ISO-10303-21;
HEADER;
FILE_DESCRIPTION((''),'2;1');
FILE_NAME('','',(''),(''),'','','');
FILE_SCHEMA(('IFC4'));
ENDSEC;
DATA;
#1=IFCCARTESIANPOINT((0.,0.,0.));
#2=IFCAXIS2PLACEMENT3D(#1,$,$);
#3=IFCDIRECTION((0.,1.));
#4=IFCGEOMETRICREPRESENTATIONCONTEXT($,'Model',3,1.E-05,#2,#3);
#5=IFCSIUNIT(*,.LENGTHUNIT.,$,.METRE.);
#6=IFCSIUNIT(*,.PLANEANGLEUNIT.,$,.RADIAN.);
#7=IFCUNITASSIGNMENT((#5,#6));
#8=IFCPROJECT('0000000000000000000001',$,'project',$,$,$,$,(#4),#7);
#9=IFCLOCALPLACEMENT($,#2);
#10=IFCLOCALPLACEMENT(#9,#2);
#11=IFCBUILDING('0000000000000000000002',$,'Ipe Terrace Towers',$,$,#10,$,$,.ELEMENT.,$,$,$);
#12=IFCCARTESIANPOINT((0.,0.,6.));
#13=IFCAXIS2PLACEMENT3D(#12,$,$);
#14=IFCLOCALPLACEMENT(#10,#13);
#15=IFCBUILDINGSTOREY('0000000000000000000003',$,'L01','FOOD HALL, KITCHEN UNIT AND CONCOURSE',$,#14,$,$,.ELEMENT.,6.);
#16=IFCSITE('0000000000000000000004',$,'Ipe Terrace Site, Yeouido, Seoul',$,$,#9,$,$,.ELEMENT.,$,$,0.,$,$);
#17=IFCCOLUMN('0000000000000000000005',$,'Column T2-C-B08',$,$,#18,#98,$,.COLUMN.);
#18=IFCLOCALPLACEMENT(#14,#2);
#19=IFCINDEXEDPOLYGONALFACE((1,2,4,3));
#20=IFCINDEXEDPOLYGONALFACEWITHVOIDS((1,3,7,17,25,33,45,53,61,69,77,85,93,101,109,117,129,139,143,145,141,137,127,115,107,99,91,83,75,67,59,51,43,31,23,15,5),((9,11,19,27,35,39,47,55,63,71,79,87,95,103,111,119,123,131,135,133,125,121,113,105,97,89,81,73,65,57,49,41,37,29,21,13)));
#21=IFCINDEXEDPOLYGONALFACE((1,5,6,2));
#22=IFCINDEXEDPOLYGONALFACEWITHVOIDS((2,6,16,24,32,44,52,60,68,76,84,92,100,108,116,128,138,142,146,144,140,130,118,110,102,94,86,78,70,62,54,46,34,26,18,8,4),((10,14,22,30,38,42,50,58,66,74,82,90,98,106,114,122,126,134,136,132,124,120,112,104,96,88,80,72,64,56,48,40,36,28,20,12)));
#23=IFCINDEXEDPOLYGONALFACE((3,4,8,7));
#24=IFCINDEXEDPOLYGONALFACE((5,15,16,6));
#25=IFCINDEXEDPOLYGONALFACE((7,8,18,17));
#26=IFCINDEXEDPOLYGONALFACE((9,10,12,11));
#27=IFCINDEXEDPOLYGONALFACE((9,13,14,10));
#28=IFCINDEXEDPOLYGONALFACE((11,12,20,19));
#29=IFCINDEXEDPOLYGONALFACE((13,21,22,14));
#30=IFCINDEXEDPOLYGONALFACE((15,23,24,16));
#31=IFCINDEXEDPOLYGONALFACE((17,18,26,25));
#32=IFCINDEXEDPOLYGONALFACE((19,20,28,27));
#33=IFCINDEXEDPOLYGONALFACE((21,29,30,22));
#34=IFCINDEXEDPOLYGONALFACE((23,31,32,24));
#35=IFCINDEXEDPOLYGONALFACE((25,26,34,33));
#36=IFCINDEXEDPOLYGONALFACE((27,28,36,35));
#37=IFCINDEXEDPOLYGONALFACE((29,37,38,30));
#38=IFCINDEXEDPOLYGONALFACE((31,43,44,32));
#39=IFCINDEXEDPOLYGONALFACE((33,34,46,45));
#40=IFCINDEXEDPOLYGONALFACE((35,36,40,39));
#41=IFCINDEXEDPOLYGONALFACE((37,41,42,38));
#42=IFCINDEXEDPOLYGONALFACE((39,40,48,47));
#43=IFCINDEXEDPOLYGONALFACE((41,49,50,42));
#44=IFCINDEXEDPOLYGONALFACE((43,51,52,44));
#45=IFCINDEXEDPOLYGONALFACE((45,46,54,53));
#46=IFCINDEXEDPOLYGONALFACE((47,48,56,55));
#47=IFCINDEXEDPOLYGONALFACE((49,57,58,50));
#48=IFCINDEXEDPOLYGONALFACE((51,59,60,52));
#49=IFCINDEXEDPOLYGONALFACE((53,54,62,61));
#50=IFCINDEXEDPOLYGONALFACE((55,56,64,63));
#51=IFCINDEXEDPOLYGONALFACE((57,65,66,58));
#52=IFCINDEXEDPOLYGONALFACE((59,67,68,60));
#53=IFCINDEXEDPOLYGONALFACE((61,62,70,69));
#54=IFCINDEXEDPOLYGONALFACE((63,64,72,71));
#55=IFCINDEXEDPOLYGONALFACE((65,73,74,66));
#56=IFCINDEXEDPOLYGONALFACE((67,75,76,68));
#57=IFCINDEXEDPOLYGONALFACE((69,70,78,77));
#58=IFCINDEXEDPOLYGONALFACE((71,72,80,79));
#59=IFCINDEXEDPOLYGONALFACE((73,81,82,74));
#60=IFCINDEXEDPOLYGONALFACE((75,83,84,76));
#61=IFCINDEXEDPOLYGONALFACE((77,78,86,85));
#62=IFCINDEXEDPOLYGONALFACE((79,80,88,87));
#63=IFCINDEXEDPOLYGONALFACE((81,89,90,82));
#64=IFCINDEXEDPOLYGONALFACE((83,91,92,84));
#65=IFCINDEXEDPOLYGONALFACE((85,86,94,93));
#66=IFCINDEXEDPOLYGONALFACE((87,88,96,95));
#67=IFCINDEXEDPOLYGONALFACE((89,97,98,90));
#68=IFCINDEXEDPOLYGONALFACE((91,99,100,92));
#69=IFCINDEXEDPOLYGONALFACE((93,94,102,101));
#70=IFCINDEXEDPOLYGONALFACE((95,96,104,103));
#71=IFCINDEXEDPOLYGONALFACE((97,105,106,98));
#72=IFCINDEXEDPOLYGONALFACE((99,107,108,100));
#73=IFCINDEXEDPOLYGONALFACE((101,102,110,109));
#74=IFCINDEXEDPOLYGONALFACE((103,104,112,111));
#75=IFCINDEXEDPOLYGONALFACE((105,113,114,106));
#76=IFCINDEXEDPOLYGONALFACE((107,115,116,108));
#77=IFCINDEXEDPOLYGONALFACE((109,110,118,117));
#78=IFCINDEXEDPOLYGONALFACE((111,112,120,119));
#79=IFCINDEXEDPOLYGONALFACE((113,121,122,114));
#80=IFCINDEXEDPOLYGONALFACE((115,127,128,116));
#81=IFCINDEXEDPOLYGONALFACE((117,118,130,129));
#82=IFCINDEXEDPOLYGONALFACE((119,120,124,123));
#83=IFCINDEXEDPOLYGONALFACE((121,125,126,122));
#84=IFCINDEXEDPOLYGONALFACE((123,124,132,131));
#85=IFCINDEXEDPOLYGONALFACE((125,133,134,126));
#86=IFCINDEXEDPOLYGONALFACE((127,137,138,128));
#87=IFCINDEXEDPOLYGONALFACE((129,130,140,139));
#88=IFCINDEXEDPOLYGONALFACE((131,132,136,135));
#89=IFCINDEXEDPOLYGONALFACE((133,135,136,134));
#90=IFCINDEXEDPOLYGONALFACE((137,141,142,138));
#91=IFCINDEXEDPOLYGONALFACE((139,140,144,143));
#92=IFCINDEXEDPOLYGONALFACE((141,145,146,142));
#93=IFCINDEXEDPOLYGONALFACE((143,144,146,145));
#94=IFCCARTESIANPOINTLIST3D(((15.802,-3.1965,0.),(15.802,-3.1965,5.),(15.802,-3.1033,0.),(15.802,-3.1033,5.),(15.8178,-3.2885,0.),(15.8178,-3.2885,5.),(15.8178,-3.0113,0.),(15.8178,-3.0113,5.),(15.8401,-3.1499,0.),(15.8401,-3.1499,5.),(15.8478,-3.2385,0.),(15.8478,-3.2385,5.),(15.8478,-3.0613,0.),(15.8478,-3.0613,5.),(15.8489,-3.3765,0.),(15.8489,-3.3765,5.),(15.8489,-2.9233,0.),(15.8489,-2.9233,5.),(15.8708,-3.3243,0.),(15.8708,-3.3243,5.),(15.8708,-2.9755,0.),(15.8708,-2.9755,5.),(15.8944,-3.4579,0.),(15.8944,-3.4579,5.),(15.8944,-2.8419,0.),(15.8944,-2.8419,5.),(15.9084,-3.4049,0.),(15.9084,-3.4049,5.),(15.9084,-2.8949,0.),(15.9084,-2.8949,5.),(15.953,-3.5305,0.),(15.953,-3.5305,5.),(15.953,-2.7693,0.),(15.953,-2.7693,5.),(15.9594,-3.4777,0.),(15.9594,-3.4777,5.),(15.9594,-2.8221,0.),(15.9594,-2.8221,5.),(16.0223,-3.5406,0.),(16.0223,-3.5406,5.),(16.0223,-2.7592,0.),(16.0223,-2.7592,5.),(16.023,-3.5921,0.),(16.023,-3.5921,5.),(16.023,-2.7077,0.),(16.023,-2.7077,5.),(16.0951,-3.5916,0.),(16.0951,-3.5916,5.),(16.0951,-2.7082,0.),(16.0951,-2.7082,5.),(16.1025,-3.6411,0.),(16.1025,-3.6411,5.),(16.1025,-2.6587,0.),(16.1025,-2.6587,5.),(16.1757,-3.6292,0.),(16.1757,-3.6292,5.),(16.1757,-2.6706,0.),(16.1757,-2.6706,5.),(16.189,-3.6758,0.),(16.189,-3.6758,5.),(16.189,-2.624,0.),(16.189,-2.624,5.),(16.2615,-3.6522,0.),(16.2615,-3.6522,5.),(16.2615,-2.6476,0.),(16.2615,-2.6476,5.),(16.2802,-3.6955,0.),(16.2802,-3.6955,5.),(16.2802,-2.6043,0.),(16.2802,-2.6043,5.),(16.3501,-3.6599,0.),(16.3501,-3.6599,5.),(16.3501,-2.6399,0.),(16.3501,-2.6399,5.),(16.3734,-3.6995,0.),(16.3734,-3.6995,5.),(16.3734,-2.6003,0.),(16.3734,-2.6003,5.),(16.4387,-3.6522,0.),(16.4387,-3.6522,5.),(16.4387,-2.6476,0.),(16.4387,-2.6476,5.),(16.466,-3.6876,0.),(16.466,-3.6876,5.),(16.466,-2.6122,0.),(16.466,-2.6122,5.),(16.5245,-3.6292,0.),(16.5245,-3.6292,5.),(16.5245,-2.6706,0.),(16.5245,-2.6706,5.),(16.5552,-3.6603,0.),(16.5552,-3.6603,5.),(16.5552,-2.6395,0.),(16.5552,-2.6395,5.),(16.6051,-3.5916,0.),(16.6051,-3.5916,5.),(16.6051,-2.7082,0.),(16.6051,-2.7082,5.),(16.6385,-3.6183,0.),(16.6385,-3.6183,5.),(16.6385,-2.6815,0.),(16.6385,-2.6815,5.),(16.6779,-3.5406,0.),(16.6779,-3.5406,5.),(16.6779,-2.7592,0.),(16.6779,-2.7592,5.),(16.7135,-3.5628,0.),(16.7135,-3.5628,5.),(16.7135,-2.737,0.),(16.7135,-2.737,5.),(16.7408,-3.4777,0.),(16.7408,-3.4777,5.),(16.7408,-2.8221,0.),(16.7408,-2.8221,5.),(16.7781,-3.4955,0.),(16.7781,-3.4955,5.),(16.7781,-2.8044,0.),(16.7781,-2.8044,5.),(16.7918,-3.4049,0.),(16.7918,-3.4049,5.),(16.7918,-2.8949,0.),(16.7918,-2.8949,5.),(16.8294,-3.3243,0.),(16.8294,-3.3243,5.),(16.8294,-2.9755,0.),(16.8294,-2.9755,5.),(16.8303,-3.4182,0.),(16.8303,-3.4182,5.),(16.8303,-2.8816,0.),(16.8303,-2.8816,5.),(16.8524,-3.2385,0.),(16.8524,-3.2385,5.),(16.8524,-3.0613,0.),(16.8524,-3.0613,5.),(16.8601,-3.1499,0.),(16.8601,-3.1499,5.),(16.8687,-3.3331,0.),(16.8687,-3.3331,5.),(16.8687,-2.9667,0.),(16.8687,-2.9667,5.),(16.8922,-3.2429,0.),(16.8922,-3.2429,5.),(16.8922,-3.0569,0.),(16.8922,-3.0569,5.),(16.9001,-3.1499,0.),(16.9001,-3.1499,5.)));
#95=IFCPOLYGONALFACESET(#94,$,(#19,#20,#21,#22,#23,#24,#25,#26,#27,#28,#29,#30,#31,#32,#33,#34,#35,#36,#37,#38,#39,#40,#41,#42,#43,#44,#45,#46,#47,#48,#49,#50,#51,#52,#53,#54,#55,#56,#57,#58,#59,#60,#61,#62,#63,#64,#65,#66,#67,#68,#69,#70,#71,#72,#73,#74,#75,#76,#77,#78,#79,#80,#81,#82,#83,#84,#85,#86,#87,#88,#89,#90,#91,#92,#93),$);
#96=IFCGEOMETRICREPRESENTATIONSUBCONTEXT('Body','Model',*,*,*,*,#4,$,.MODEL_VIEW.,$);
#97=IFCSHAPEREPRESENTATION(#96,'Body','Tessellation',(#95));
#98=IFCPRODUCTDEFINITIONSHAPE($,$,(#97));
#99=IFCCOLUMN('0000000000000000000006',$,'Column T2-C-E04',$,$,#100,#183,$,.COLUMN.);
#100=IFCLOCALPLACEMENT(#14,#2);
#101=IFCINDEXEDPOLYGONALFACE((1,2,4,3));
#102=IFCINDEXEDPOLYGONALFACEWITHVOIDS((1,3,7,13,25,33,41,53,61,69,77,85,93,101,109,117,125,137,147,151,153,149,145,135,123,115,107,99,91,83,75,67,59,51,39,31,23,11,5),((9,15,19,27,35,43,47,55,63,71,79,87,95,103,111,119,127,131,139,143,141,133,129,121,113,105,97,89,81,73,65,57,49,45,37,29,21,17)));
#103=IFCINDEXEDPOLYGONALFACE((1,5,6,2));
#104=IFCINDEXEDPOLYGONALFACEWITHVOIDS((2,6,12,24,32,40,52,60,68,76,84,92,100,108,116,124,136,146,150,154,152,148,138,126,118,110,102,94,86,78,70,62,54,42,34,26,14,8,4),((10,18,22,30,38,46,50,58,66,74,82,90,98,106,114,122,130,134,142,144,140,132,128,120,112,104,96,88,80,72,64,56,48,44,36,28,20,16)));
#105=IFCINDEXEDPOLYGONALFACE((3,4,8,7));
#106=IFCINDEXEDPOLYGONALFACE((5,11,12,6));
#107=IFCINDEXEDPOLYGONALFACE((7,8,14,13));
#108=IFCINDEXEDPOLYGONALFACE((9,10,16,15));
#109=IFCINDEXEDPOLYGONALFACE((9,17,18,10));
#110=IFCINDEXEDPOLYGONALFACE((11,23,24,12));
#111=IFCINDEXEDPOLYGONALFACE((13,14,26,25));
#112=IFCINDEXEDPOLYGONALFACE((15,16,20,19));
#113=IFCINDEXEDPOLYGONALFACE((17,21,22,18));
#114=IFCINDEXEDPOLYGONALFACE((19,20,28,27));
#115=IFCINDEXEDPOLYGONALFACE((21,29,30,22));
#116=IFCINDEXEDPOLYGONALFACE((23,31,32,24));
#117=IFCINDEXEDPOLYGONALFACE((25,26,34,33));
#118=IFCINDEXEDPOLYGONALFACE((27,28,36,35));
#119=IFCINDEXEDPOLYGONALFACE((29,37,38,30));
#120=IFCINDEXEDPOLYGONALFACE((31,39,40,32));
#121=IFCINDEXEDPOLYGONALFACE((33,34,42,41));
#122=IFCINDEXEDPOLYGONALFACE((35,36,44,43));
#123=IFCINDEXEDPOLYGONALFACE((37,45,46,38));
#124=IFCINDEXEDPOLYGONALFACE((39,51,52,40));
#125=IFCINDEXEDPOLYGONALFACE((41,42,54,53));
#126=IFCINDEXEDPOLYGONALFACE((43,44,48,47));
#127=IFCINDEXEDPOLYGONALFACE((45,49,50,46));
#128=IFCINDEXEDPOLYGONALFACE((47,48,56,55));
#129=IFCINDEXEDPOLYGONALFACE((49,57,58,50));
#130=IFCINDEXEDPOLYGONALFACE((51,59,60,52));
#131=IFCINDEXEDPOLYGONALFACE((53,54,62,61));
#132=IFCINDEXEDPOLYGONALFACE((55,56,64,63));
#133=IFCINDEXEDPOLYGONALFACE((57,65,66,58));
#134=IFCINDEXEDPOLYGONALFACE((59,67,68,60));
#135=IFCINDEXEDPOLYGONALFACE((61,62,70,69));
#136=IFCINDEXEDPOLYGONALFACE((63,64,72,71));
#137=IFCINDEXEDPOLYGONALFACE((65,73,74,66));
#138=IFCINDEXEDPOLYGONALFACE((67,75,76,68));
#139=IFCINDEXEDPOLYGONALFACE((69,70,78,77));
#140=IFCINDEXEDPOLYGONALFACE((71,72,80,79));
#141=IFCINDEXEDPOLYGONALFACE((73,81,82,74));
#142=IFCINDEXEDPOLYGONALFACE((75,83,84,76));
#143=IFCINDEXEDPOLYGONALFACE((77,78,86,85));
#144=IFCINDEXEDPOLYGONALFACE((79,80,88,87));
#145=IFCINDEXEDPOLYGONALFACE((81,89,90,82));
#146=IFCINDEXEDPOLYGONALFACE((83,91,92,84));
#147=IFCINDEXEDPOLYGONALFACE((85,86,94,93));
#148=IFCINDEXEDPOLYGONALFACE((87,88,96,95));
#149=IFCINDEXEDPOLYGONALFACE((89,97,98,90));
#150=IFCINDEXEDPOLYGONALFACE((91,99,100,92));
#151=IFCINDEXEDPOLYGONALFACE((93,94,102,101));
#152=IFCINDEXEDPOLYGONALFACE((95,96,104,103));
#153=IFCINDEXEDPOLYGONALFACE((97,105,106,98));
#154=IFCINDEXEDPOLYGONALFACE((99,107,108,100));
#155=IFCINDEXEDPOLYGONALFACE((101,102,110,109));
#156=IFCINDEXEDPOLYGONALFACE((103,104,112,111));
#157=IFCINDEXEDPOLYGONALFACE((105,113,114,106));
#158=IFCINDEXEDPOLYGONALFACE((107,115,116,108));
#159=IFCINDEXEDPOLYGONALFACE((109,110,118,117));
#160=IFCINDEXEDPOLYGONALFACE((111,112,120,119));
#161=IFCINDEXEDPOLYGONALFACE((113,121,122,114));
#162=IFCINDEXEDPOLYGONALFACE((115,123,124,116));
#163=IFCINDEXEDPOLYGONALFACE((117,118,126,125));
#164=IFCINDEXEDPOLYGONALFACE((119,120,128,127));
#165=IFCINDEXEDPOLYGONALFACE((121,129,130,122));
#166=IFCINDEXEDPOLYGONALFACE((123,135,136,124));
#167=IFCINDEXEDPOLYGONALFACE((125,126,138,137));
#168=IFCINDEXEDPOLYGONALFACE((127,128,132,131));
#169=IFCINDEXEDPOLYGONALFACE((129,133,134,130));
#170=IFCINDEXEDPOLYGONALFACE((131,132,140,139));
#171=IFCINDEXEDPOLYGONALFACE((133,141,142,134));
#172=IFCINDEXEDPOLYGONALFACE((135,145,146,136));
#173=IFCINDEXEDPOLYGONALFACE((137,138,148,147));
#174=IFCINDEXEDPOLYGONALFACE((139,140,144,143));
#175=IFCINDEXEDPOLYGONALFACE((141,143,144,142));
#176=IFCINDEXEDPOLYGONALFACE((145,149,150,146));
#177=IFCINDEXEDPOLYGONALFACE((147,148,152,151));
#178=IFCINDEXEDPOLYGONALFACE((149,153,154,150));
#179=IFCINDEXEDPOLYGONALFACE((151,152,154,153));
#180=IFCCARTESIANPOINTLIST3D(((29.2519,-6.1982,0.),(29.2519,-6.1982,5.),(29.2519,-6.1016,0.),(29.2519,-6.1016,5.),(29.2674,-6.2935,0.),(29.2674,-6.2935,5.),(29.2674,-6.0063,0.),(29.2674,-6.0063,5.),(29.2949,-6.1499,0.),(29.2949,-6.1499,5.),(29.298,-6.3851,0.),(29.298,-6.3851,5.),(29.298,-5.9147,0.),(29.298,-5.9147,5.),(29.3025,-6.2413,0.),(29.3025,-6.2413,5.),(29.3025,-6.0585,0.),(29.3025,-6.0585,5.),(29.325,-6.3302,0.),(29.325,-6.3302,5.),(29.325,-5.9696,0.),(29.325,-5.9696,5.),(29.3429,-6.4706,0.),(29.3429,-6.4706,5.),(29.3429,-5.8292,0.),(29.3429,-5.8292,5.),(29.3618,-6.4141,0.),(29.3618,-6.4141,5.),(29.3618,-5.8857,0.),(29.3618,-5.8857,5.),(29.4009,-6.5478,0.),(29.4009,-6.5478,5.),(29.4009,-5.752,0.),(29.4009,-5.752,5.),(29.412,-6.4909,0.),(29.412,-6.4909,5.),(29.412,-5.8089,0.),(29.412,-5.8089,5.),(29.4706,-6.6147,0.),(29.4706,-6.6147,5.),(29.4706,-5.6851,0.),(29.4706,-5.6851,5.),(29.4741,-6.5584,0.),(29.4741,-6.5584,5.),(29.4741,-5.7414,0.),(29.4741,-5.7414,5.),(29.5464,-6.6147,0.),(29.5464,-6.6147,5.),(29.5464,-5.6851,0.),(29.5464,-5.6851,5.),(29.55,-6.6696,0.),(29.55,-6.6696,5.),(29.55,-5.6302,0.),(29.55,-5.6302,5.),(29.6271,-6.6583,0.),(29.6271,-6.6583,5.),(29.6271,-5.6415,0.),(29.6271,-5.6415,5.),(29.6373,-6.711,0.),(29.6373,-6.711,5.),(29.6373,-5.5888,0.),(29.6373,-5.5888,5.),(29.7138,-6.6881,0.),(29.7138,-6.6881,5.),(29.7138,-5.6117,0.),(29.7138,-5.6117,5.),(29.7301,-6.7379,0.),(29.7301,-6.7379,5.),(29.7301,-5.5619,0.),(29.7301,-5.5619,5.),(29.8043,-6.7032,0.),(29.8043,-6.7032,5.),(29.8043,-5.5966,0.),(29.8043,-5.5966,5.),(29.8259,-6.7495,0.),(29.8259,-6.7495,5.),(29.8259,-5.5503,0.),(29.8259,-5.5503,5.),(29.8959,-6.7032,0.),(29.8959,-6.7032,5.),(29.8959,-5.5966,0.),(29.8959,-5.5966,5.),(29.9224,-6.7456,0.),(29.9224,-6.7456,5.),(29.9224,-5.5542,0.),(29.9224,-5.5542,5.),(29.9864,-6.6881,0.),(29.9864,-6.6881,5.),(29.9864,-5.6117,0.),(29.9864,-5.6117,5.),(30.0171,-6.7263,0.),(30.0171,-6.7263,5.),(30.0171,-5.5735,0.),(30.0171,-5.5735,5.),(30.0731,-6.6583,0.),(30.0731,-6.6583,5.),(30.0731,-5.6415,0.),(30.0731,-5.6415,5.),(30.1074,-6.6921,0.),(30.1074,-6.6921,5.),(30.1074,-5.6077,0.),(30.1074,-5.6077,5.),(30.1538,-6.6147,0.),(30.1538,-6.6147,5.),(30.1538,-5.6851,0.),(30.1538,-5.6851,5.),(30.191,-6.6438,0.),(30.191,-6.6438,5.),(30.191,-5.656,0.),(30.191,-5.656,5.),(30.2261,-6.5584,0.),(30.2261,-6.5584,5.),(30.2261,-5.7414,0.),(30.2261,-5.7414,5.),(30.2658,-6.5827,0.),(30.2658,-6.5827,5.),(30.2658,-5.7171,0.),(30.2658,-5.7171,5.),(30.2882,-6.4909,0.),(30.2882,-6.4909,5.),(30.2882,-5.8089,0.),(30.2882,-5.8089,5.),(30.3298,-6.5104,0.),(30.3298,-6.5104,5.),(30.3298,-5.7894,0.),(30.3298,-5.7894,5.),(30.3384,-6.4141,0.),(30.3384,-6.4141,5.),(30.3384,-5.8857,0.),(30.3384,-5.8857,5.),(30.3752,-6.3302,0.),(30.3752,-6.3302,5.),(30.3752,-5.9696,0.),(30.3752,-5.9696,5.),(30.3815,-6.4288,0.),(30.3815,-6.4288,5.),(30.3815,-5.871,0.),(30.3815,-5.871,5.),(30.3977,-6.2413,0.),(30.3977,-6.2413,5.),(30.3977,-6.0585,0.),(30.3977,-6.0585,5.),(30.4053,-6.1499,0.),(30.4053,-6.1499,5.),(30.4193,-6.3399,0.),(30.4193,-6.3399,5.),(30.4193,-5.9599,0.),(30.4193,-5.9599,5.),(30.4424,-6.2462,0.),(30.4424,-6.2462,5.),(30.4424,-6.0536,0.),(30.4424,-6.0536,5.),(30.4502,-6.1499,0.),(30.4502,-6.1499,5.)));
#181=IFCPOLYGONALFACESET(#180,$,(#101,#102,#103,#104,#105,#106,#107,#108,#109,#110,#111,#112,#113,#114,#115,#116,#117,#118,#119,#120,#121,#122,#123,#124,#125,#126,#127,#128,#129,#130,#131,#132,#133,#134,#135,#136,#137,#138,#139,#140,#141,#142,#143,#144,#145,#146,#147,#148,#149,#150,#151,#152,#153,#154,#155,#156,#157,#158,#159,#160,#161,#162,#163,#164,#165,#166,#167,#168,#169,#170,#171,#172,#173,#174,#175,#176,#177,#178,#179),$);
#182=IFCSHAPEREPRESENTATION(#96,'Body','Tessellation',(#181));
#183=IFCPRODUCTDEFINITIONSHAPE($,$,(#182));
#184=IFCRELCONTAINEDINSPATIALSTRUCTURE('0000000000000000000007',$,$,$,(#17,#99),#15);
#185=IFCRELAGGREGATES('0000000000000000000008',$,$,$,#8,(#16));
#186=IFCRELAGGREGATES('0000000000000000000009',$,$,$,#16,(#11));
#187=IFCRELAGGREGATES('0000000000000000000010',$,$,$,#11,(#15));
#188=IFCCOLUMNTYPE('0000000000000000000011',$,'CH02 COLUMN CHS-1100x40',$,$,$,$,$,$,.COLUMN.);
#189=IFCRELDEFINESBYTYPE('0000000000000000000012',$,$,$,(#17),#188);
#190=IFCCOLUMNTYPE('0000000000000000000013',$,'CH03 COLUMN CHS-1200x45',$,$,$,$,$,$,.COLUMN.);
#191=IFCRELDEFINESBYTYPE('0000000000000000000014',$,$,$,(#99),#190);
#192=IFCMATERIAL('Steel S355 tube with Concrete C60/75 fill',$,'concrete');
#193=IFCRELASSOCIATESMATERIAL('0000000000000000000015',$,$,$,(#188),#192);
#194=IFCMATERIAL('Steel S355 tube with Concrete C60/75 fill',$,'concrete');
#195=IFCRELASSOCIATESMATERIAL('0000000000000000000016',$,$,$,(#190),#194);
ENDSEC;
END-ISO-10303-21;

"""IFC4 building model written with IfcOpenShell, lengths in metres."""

from ifc_helpers import new_model, si_unit, direction, frame, origin, origin_2d, place, context, subcontext, project, spatial, hollow_circle, extrude, material, material_profile, profile_set, type_object, element, save


model = new_model("IFC4")

# Units and contexts
model_context = context("Model", 3, precision=1e-05, world=origin(), true_north=direction((0.0, 1.0)))
body_context = subcontext(model_context, "Body", "Model", "MODEL_VIEW")
ifc_project = project(units=[si_unit("LENGTHUNIT", "METRE"), si_unit("PLANEANGLEUNIT", "RADIAN")], contexts=[model_context])

# Site, building, storey
site_placement = place(None, origin())
site = spatial("IfcSite", under=ifc_project, at=site_placement, Name="Ipe Terrace Site, Yeouido, Seoul", CompositionType="ELEMENT", RefElevation=0.0)
building_placement = place(site_placement, origin())
building = spatial("IfcBuilding", under=site, at=building_placement, Name="Ipe Terrace Towers", CompositionType="ELEMENT")
storey_placement = place(building_placement, frame((0.0, 0.0, 6.0)))
storey = spatial("IfcBuildingStorey", under=building, at=storey_placement, Name="L01", Description="FOOD HALL, KITCHEN UNIT AND CONCOURSE", CompositionType="ELEMENT", Elevation=6.0)

# Columns
ifc_material_1 = material(Name="Steel S355 tube with Concrete C60/75 fill", Category="concrete")
ifc_material_profile_1 = material_profile(ifc_material_1, hollow_circle(Radius=0.55, WallThickness=0.04, at=origin_2d()), Name="CHS-1100x40")
ifc_profile_set_1 = profile_set([ifc_material_profile_1], Name="Steel S355 tube with Concrete C60/75 fill")
column_type_1 = type_object("IfcColumnType", Name="CH02 COLUMN CHS-1100x40", PredefinedType="COLUMN", material=ifc_profile_set_1)
for number, where, z_axis, x_axis, name in (
    (1, (16.3501, -3.1499, 0.0), (0.0, 0.0, 1.0), (1.0, 0.0, 0.0), "Column T2-C-B08"),
):
    element("IfcColumn", number, at=place(storey_placement, frame(where, z_axis=z_axis, x_axis=x_axis)), inside=storey, type_object=column_type_1, Name=name, PredefinedType="COLUMN", context=body_context, shape_type="SweptSolid", body=[
        extrude(hollow_circle(Radius=0.55, WallThickness=0.04, at=origin_2d()), origin(), (0.0, 0.0, 1.0), 5.0),
    ])
ifc_material_2 = material(Name="Steel S355 tube with Concrete C60/75 fill", Category="concrete")
ifc_material_profile_2 = material_profile(ifc_material_2, hollow_circle(Radius=0.6001, WallThickness=0.0449, at=origin_2d()), Name="CHS-1200x45")
ifc_profile_set_2 = profile_set([ifc_material_profile_2], Name="Steel S355 tube with Concrete C60/75 fill")
column_type_2 = type_object("IfcColumnType", Name="CH03 COLUMN CHS-1200x45", PredefinedType="COLUMN", material=ifc_profile_set_2)
column_placement = place(storey_placement, frame((29.8501, -6.1499, 0.0), z_axis=(0.0, 0.0, 1.0), x_axis=(1.0, 0.0, 0.0)))
element("IfcColumn", 2, at=column_placement, inside=storey, type_object=column_type_2, Name="Column T2-C-E04", PredefinedType="COLUMN", context=body_context, shape_type="SweptSolid", body=[
    extrude(hollow_circle(Radius=0.6001, WallThickness=0.0449, at=origin_2d()), origin(), (0.0, 0.0, 1.0), 5.0),
])

save(model, "model.ifc")
